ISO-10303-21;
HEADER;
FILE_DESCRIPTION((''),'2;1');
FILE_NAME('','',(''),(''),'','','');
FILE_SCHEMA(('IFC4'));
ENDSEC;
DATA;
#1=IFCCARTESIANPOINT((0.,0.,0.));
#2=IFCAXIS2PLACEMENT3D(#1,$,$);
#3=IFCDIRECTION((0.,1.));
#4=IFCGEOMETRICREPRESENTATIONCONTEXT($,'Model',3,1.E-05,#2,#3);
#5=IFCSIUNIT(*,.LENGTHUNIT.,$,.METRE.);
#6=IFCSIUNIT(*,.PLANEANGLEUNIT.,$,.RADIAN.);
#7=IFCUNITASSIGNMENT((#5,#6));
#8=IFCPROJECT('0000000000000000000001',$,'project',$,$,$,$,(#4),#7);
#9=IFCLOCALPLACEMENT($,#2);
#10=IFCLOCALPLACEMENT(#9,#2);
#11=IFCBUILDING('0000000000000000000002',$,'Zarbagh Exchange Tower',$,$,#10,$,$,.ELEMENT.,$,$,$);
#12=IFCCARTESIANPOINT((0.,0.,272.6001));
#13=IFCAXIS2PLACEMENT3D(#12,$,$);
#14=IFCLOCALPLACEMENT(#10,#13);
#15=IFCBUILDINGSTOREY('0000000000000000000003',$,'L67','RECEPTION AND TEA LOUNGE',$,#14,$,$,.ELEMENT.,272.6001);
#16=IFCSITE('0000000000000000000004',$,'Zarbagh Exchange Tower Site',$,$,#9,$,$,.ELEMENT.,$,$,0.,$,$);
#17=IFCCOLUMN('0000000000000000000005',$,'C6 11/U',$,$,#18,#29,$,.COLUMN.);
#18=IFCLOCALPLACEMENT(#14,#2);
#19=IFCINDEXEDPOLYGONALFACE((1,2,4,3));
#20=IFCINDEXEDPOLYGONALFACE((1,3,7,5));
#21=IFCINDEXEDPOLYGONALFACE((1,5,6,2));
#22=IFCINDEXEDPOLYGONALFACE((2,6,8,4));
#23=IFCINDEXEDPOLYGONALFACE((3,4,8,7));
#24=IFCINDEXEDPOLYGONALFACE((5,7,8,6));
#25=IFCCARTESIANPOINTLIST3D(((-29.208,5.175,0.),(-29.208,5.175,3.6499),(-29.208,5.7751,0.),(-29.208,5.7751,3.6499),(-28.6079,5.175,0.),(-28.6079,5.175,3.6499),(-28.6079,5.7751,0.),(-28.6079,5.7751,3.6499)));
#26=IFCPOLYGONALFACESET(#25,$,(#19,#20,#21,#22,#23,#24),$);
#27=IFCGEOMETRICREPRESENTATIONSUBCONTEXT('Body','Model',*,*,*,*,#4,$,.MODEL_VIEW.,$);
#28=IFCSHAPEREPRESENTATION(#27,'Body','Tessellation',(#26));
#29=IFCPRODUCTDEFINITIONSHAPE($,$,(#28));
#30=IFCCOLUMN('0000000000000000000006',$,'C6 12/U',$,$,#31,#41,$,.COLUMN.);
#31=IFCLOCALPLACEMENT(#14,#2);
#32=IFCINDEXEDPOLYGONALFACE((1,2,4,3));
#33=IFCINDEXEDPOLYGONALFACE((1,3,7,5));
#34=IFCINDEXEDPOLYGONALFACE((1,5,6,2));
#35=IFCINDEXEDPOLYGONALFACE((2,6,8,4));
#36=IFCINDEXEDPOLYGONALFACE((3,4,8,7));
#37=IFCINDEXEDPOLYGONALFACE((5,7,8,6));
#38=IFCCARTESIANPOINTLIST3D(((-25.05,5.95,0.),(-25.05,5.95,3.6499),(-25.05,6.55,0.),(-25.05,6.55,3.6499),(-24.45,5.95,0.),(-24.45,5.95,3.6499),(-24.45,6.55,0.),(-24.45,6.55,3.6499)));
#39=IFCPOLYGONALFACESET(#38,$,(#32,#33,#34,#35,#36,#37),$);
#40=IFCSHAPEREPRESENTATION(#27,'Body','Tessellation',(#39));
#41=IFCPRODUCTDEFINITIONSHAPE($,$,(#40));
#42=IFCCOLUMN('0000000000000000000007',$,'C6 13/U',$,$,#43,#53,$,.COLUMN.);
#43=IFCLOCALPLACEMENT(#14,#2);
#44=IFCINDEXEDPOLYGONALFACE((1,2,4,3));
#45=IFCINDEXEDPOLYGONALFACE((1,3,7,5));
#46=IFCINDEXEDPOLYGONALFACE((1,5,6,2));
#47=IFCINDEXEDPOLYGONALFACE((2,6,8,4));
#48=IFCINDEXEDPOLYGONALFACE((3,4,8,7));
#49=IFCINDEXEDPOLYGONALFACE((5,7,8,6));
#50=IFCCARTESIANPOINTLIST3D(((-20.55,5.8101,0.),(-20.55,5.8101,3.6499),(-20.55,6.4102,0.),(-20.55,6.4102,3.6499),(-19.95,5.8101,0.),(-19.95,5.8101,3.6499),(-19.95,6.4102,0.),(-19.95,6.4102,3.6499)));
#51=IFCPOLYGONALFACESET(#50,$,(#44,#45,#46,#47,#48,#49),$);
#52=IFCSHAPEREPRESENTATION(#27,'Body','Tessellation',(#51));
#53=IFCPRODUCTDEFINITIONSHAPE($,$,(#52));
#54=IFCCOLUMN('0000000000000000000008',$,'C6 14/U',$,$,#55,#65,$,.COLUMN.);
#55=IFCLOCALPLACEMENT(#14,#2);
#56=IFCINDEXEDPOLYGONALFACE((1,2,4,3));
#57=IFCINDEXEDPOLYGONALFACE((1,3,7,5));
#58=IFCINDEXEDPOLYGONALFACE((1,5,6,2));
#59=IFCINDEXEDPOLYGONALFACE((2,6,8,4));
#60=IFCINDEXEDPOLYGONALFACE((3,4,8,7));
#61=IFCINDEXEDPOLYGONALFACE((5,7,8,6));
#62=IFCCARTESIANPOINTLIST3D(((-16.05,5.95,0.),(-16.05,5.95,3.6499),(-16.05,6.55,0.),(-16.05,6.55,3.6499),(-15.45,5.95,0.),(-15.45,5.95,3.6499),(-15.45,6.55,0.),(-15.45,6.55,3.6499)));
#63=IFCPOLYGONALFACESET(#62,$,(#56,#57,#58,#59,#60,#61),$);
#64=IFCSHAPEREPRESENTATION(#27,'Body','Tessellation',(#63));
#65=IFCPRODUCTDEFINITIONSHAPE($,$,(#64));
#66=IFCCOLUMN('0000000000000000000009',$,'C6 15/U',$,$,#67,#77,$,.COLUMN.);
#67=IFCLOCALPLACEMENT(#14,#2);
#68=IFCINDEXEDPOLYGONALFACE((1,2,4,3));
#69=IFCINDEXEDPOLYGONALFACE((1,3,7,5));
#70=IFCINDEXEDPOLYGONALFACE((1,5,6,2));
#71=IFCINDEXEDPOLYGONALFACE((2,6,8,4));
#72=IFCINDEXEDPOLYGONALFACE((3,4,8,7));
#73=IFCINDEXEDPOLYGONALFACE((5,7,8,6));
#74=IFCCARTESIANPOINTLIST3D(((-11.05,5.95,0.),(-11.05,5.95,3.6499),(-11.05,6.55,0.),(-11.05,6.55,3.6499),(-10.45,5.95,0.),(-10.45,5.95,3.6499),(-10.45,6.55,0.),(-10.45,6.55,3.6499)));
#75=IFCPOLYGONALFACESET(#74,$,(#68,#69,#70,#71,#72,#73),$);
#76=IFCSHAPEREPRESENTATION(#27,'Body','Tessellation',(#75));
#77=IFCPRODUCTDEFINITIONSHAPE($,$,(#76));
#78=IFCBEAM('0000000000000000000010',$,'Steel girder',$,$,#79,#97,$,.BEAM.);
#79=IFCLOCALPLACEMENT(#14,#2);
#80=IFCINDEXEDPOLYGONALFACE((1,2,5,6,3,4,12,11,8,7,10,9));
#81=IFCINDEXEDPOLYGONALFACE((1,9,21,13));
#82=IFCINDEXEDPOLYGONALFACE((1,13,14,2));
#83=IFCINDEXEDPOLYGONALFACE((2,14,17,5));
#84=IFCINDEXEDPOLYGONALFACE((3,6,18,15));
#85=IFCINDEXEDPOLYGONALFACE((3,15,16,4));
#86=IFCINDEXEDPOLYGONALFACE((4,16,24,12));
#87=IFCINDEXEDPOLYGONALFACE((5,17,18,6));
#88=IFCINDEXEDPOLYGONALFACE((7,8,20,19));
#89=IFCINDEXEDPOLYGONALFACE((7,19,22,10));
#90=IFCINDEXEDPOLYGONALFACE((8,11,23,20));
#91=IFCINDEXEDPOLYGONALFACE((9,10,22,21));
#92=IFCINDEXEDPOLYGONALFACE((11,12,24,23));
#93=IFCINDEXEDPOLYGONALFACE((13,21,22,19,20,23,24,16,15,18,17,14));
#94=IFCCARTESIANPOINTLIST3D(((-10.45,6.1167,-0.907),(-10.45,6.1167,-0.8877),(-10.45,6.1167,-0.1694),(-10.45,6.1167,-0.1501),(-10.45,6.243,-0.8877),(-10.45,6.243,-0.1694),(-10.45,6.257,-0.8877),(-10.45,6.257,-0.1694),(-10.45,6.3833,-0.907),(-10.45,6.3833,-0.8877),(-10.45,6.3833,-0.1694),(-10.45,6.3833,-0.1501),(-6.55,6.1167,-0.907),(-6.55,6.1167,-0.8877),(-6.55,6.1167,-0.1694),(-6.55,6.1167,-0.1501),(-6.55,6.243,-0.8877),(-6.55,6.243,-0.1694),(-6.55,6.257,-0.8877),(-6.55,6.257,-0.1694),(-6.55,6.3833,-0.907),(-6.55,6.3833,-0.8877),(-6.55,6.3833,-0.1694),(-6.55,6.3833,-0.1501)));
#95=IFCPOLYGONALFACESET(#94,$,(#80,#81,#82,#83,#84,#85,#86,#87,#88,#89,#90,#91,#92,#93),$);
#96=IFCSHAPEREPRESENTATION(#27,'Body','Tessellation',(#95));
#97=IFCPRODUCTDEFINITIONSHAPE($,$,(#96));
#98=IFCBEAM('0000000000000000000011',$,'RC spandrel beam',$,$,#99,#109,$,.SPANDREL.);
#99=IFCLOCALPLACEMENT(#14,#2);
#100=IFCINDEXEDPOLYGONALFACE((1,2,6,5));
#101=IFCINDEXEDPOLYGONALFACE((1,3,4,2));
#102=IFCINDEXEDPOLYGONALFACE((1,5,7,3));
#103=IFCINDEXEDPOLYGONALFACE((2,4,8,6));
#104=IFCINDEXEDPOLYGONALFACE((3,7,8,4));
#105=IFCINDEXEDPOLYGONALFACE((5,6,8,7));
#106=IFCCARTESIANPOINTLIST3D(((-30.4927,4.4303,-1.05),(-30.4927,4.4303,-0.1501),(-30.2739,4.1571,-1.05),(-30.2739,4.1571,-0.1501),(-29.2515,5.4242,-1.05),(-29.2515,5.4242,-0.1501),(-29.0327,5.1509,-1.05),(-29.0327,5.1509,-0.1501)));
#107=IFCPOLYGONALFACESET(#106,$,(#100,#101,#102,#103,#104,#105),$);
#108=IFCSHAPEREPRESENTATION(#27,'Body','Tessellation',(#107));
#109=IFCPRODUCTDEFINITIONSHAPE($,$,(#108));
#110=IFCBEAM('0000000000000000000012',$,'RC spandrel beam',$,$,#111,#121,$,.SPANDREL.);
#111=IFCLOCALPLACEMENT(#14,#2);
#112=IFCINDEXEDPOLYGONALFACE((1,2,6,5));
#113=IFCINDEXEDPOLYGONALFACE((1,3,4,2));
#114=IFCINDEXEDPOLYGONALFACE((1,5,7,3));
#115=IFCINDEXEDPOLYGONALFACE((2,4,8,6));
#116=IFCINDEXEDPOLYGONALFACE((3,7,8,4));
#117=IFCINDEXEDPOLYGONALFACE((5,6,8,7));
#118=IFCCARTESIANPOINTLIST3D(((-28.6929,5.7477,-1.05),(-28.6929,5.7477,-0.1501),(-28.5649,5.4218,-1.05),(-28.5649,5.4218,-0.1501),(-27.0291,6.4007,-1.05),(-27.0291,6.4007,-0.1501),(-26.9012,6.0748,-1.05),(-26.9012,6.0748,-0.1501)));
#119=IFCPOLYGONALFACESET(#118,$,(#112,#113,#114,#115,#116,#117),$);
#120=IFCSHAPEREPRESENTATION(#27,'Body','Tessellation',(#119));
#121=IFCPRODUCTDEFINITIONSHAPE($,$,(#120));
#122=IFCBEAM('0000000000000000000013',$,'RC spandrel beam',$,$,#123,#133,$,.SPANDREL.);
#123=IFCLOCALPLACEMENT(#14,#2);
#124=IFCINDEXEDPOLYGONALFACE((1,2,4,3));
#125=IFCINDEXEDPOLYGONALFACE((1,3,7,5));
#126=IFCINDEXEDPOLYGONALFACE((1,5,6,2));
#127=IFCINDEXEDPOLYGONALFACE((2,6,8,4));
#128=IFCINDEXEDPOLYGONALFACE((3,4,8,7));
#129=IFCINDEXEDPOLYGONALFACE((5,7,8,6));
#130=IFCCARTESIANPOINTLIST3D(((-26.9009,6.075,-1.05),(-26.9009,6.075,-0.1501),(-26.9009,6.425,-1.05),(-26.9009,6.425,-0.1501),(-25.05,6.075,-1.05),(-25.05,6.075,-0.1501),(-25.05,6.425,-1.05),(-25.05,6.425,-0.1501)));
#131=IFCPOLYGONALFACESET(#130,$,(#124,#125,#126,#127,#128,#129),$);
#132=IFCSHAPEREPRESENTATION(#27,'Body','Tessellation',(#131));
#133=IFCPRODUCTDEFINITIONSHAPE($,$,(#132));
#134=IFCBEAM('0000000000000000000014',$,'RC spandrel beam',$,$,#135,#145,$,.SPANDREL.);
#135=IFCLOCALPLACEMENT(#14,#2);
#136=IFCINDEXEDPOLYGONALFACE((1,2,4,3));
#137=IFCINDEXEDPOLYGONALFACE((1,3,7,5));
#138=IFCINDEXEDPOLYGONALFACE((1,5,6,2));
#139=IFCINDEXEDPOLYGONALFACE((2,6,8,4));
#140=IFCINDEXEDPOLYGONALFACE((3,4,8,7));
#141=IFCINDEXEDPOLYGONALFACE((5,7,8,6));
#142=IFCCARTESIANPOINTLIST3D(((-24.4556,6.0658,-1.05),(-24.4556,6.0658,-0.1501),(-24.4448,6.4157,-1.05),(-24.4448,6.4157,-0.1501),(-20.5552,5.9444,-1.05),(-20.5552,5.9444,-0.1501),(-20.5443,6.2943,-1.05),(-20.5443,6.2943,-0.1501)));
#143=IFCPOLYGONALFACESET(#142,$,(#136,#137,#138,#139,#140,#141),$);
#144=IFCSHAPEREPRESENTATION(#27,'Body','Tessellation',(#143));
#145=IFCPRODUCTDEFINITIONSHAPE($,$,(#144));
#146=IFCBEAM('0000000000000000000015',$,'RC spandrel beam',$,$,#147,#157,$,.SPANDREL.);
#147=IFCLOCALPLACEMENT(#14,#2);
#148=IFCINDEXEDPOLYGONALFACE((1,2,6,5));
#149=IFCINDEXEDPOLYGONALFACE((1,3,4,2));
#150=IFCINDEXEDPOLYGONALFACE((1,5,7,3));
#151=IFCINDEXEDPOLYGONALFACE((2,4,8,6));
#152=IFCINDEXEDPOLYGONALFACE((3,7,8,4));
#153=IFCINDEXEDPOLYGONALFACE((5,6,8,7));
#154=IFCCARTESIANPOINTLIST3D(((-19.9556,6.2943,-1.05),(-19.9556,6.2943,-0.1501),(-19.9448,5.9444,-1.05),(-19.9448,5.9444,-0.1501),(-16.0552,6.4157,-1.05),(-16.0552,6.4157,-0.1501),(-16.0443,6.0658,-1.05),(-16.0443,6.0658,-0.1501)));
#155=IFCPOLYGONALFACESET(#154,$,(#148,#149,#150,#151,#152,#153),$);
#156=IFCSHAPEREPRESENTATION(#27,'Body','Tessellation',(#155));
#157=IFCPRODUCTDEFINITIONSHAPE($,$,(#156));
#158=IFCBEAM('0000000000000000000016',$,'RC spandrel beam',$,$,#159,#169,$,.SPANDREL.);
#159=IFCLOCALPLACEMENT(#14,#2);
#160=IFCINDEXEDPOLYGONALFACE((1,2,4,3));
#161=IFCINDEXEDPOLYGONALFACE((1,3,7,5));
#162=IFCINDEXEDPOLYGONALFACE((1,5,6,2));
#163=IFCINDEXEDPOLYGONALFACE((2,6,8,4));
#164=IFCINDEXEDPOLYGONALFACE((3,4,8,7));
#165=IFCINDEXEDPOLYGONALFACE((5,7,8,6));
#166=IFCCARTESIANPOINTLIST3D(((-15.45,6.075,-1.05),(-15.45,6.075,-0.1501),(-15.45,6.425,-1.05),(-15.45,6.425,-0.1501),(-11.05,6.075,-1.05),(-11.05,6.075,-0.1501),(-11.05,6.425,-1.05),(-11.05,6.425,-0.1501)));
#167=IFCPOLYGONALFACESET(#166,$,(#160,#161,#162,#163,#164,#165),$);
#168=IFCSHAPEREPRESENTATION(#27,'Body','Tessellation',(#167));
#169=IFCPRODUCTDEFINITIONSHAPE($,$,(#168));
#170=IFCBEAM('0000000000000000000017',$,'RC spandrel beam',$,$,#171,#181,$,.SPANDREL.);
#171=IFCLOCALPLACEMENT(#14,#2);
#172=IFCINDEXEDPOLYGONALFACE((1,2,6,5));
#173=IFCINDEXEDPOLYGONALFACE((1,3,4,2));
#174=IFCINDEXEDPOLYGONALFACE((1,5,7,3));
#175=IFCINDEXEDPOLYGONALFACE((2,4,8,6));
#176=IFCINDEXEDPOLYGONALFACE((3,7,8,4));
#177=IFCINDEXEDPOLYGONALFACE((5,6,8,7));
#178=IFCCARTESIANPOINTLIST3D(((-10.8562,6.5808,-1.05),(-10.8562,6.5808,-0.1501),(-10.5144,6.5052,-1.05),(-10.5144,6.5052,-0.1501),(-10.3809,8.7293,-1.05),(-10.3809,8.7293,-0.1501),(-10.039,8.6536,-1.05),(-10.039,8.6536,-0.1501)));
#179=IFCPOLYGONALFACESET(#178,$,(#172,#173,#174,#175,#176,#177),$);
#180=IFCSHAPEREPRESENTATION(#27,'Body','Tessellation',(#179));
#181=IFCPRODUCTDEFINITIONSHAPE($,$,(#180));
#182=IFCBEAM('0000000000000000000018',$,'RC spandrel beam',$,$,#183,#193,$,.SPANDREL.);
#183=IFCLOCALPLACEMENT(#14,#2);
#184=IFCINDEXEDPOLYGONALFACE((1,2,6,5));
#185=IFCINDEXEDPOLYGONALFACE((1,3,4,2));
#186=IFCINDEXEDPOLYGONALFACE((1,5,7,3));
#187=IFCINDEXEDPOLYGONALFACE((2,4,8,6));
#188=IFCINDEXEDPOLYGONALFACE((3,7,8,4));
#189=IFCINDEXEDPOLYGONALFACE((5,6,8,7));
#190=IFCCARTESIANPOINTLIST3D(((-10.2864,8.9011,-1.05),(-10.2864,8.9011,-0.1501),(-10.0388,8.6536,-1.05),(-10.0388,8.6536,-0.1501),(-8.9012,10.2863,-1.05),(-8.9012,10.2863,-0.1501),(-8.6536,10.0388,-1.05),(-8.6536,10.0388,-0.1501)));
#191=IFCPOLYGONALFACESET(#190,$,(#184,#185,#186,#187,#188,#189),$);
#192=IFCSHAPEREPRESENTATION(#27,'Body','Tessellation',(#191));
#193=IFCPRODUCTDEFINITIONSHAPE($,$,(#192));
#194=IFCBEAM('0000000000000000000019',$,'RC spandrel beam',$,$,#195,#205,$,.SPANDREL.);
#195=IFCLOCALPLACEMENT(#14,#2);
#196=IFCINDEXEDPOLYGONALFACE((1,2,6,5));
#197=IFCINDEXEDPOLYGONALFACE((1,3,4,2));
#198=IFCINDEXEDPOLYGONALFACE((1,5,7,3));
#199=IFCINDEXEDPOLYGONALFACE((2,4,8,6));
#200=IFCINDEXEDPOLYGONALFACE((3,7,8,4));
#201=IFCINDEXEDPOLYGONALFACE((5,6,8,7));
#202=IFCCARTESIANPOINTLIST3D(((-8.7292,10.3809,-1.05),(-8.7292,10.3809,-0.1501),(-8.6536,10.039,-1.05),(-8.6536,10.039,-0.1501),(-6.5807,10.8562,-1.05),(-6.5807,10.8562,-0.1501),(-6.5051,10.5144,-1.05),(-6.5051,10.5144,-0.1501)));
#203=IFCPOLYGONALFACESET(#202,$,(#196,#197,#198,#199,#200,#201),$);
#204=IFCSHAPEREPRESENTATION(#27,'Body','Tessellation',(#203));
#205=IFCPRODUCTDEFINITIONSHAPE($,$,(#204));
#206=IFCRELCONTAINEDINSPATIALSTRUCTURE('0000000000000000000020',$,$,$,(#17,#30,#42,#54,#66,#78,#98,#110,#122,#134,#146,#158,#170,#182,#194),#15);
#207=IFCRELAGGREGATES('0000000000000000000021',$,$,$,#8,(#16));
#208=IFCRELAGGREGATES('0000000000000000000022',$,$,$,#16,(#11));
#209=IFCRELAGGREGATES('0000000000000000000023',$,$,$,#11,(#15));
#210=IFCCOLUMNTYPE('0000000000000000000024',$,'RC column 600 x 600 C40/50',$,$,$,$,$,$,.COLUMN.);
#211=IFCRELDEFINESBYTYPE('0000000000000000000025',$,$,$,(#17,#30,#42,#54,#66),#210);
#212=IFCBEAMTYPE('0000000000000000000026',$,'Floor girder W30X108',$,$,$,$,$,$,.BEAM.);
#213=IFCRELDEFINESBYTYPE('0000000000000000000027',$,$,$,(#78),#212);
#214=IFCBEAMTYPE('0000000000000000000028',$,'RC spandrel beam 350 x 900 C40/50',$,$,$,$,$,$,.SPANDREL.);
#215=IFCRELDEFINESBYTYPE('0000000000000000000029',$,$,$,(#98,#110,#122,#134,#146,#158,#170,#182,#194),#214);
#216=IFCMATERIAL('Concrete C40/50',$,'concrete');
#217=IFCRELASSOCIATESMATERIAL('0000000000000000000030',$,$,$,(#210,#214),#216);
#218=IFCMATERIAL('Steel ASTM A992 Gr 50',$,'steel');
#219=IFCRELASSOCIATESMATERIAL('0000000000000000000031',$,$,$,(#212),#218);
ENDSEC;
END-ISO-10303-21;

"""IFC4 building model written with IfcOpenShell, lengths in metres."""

from ifc_helpers import new_model, si_unit, direction, frame, origin, origin_2d, place, context, subcontext, project, spatial, rectangle, i_section, extrude, material, material_profile, profile_set, type_object, element, save


model = new_model("IFC4")

# Units and contexts
model_context = context("Model", 3, precision=1e-05, world=origin(), true_north=direction((0.0, 1.0)))
body_context = subcontext(model_context, "Body", "Model", "MODEL_VIEW")
ifc_project = project(units=[si_unit("LENGTHUNIT", "METRE"), si_unit("PLANEANGLEUNIT", "RADIAN")], contexts=[model_context])

# Site, building, storey
site_placement = place(None, origin())
site = spatial("IfcSite", under=ifc_project, at=site_placement, Name="Zarbagh Exchange Tower Site", CompositionType="ELEMENT", RefElevation=0.0)
building_placement = place(site_placement, origin())
building = spatial("IfcBuilding", under=site, at=building_placement, Name="Zarbagh Exchange Tower", CompositionType="ELEMENT")
storey_placement = place(building_placement, frame((0.0, 0.0, 272.6001)))
storey = spatial("IfcBuildingStorey", under=building, at=storey_placement, Name="L67", Description="RECEPTION AND TEA LOUNGE", CompositionType="ELEMENT", Elevation=272.6001)

# Columns
ifc_material_1 = material(Name="Concrete C40/50", Category="concrete")
ifc_material_profile_1 = material_profile(ifc_material_1, rectangle(XDim=0.6001, YDim=0.6001, at=origin_2d()), Name="RC column 600 x 600 C40/50")
ifc_profile_set_1 = profile_set([ifc_material_profile_1], Name="Concrete C40/50")
column_type = type_object("IfcColumnType", Name="RC column 600 x 600 C40/50", PredefinedType="COLUMN", material=ifc_profile_set_1)
for number, where, z_axis, x_axis, name in (
    (1, (-28.908, 5.4751, 0.0), (0.0, 0.0, 1.0), (1.0, 0.0, 0.0), "C6 11/U"),
    (2, (-24.75, 6.25, 0.0), (0.0, 0.0, 1.0), (1.0, 0.0, 0.0), "C6 12/U"),
    (3, (-20.25, 6.1101, 0.0), (0.0, 0.0, 1.0), (1.0, 0.0, 0.0), "C6 13/U"),
    (4, (-15.75, 6.25, 0.0), (0.0, 0.0, 1.0), (1.0, 0.0, 0.0), "C6 14/U"),
    (5, (-10.75, 6.25, 0.0), (0.0, 0.0, 1.0), (1.0, 0.0, 0.0), "C6 15/U"),
):
    element("IfcColumn", number, at=place(storey_placement, frame(where, z_axis=z_axis, x_axis=x_axis)), inside=storey, type_object=column_type, Name=name, PredefinedType="COLUMN", context=body_context, shape_type="SweptSolid", body=[
        extrude(rectangle(XDim=0.6001, YDim=0.6001, at=origin_2d()), origin(), (0.0, 0.0, 1.0), 3.6499),
    ])

# Beams
ifc_material_2 = material(Name="Steel ASTM A992 Gr 50", Category="steel")
ifc_material_profile_2 = material_profile(ifc_material_2, i_section(OverallWidth=0.2666, OverallDepth=0.7568, WebThickness=0.0139, FlangeThickness=0.0193, at=origin_2d()), Name="W30X108")
ifc_profile_set_2 = profile_set([ifc_material_profile_2], Name="Steel ASTM A992 Gr 50")
beam_type_1 = type_object("IfcBeamType", Name="Floor girder W30X108", PredefinedType="BEAM", material=ifc_profile_set_2)
beam_1_placement = place(storey_placement, frame((-10.45, 6.25, -0.5286), z_axis=(1.0, 0.0, 0.0), x_axis=(0.0, 1.0, 0.0)))
element("IfcBeam", 6, at=beam_1_placement, inside=storey, type_object=beam_type_1, Name="Steel girder", PredefinedType="BEAM", context=body_context, shape_type="SweptSolid", body=[
    extrude(i_section(OverallWidth=0.2666, OverallDepth=0.7568, WebThickness=0.0139, FlangeThickness=0.0193, at=origin_2d()), origin(), (0.0, 0.0, 1.0), 3.8999),
])
ifc_material_profile_3 = material_profile(ifc_material_1, rectangle(XDim=0.3501, YDim=0.8999, at=origin_2d()), Name="RC spandrel beam 350 x 900 C40/50")
ifc_profile_set_3 = profile_set([ifc_material_profile_3], Name="Concrete C40/50")
beam_type_2 = type_object("IfcBeamType", Name="RC spandrel beam 350 x 900 C40/50", PredefinedType="SPANDREL", material=ifc_profile_set_3)
beam_2_placement = place(storey_placement, frame((-30.3833, 4.2937, -0.6001), z_axis=(0.780584, 0.625051, 0.0), x_axis=(-0.625051, 0.780584, 0.0)))
element("IfcBeam", 7, at=beam_2_placement, inside=storey, type_object=beam_type_2, Name="RC spandrel beam", PredefinedType="SPANDREL", context=body_context, shape_type="SweptSolid", body=[
    extrude(rectangle(XDim=0.3501, YDim=0.8999, at=origin_2d()), origin(), (0.0, 0.0, 1.0), 1.5901),
])
beam_3_placement = place(storey_placement, frame((-28.6289, 5.5847, -0.6001), z_axis=(0.930859, 0.365378, 0.0), x_axis=(-0.365378, 0.930859, 0.0)))
element("IfcBeam", 8, at=beam_3_placement, inside=storey, type_object=beam_type_2, Name="RC spandrel beam", PredefinedType="SPANDREL", context=body_context, shape_type="SweptSolid", body=[
    extrude(rectangle(XDim=0.3501, YDim=0.8999, at=origin_2d()), origin(), (0.0, 0.0, 1.0), 1.7874),
])
beam_4_placement = place(storey_placement, frame((-26.9009, 6.25, -0.6001), z_axis=(1.0, 0.0, 0.0), x_axis=(0.0, 1.0, 0.0)))
element("IfcBeam", 9, at=beam_4_placement, inside=storey, type_object=beam_type_2, Name="RC spandrel beam", PredefinedType="SPANDREL", context=body_context, shape_type="SweptSolid", body=[
    extrude(rectangle(XDim=0.3501, YDim=0.8999, at=origin_2d()), origin(), (0.0, 0.0, 1.0), 1.8508),
])
for number, where, z_axis, x_axis, name in (
    (10, (-24.4502, 6.2407, -0.6001), (0.999516, -0.031094, 0.0), (0.031094, 0.999516, 0.0), "RC spandrel beam"),
    (11, (-19.9502, 6.1194, -0.6001), (0.999516, 0.031094, 0.0), (-0.031094, 0.999516, 0.0), "RC spandrel beam"),
):
    element("IfcBeam", number, at=place(storey_placement, frame(where, z_axis=z_axis, x_axis=x_axis)), inside=storey, type_object=beam_type_2, Name=name, PredefinedType="SPANDREL", context=body_context, shape_type="SweptSolid", body=[
        extrude(rectangle(XDim=0.3501, YDim=0.8999, at=origin_2d()), origin(), (0.0, 0.0, 1.0), 3.9023),
    ])
beam_5_placement = place(storey_placement, frame((-15.45, 6.25, -0.6001), z_axis=(1.0, 0.0, 0.0), x_axis=(0.0, 1.0, 0.0)))
element("IfcBeam", 12, at=beam_5_placement, inside=storey, type_object=beam_type_2, Name="RC spandrel beam", PredefinedType="SPANDREL", context=body_context, shape_type="SweptSolid", body=[
    extrude(rectangle(XDim=0.3501, YDim=0.8999, at=origin_2d()), origin(), (0.0, 0.0, 1.0), 4.3999),
])
beam_6_placement = place(storey_placement, frame((-10.6853, 6.543, -0.6001), z_axis=(0.216026, 0.976388, 0.0), x_axis=(-0.976388, 0.216026, 0.0)))
element("IfcBeam", 13, at=beam_6_placement, inside=storey, type_object=beam_type_2, Name="RC spandrel beam", PredefinedType="SPANDREL", context=body_context, shape_type="SweptSolid", body=[
    extrude(rectangle(XDim=0.3501, YDim=0.8999, at=origin_2d()), origin(), (0.0, 0.0, 1.0), 2.2004),
])
beam_7_placement = place(storey_placement, frame((-10.1626, 8.7773, -0.6001), z_axis=(0.707107, 0.707107, 0.0), x_axis=(-0.707107, 0.707107, 0.0)))
element("IfcBeam", 14, at=beam_7_placement, inside=storey, type_object=beam_type_2, Name="RC spandrel beam", PredefinedType="SPANDREL", context=body_context, shape_type="SweptSolid", body=[
    extrude(rectangle(XDim=0.3501, YDim=0.8999, at=origin_2d()), origin(), (0.0, 0.0, 1.0), 1.959),
])
beam_8_placement = place(storey_placement, frame((-8.6914, 10.21, -0.6001), z_axis=(0.976388, 0.216026, 0.0), x_axis=(-0.216026, 0.976388, 0.0)))
element("IfcBeam", 15, at=beam_8_placement, inside=storey, type_object=beam_type_2, Name="RC spandrel beam", PredefinedType="SPANDREL", context=body_context, shape_type="SweptSolid", body=[
    extrude(rectangle(XDim=0.3501, YDim=0.8999, at=origin_2d()), origin(), (0.0, 0.0, 1.0), 2.2004),
])

save(model, "model.ifc")
